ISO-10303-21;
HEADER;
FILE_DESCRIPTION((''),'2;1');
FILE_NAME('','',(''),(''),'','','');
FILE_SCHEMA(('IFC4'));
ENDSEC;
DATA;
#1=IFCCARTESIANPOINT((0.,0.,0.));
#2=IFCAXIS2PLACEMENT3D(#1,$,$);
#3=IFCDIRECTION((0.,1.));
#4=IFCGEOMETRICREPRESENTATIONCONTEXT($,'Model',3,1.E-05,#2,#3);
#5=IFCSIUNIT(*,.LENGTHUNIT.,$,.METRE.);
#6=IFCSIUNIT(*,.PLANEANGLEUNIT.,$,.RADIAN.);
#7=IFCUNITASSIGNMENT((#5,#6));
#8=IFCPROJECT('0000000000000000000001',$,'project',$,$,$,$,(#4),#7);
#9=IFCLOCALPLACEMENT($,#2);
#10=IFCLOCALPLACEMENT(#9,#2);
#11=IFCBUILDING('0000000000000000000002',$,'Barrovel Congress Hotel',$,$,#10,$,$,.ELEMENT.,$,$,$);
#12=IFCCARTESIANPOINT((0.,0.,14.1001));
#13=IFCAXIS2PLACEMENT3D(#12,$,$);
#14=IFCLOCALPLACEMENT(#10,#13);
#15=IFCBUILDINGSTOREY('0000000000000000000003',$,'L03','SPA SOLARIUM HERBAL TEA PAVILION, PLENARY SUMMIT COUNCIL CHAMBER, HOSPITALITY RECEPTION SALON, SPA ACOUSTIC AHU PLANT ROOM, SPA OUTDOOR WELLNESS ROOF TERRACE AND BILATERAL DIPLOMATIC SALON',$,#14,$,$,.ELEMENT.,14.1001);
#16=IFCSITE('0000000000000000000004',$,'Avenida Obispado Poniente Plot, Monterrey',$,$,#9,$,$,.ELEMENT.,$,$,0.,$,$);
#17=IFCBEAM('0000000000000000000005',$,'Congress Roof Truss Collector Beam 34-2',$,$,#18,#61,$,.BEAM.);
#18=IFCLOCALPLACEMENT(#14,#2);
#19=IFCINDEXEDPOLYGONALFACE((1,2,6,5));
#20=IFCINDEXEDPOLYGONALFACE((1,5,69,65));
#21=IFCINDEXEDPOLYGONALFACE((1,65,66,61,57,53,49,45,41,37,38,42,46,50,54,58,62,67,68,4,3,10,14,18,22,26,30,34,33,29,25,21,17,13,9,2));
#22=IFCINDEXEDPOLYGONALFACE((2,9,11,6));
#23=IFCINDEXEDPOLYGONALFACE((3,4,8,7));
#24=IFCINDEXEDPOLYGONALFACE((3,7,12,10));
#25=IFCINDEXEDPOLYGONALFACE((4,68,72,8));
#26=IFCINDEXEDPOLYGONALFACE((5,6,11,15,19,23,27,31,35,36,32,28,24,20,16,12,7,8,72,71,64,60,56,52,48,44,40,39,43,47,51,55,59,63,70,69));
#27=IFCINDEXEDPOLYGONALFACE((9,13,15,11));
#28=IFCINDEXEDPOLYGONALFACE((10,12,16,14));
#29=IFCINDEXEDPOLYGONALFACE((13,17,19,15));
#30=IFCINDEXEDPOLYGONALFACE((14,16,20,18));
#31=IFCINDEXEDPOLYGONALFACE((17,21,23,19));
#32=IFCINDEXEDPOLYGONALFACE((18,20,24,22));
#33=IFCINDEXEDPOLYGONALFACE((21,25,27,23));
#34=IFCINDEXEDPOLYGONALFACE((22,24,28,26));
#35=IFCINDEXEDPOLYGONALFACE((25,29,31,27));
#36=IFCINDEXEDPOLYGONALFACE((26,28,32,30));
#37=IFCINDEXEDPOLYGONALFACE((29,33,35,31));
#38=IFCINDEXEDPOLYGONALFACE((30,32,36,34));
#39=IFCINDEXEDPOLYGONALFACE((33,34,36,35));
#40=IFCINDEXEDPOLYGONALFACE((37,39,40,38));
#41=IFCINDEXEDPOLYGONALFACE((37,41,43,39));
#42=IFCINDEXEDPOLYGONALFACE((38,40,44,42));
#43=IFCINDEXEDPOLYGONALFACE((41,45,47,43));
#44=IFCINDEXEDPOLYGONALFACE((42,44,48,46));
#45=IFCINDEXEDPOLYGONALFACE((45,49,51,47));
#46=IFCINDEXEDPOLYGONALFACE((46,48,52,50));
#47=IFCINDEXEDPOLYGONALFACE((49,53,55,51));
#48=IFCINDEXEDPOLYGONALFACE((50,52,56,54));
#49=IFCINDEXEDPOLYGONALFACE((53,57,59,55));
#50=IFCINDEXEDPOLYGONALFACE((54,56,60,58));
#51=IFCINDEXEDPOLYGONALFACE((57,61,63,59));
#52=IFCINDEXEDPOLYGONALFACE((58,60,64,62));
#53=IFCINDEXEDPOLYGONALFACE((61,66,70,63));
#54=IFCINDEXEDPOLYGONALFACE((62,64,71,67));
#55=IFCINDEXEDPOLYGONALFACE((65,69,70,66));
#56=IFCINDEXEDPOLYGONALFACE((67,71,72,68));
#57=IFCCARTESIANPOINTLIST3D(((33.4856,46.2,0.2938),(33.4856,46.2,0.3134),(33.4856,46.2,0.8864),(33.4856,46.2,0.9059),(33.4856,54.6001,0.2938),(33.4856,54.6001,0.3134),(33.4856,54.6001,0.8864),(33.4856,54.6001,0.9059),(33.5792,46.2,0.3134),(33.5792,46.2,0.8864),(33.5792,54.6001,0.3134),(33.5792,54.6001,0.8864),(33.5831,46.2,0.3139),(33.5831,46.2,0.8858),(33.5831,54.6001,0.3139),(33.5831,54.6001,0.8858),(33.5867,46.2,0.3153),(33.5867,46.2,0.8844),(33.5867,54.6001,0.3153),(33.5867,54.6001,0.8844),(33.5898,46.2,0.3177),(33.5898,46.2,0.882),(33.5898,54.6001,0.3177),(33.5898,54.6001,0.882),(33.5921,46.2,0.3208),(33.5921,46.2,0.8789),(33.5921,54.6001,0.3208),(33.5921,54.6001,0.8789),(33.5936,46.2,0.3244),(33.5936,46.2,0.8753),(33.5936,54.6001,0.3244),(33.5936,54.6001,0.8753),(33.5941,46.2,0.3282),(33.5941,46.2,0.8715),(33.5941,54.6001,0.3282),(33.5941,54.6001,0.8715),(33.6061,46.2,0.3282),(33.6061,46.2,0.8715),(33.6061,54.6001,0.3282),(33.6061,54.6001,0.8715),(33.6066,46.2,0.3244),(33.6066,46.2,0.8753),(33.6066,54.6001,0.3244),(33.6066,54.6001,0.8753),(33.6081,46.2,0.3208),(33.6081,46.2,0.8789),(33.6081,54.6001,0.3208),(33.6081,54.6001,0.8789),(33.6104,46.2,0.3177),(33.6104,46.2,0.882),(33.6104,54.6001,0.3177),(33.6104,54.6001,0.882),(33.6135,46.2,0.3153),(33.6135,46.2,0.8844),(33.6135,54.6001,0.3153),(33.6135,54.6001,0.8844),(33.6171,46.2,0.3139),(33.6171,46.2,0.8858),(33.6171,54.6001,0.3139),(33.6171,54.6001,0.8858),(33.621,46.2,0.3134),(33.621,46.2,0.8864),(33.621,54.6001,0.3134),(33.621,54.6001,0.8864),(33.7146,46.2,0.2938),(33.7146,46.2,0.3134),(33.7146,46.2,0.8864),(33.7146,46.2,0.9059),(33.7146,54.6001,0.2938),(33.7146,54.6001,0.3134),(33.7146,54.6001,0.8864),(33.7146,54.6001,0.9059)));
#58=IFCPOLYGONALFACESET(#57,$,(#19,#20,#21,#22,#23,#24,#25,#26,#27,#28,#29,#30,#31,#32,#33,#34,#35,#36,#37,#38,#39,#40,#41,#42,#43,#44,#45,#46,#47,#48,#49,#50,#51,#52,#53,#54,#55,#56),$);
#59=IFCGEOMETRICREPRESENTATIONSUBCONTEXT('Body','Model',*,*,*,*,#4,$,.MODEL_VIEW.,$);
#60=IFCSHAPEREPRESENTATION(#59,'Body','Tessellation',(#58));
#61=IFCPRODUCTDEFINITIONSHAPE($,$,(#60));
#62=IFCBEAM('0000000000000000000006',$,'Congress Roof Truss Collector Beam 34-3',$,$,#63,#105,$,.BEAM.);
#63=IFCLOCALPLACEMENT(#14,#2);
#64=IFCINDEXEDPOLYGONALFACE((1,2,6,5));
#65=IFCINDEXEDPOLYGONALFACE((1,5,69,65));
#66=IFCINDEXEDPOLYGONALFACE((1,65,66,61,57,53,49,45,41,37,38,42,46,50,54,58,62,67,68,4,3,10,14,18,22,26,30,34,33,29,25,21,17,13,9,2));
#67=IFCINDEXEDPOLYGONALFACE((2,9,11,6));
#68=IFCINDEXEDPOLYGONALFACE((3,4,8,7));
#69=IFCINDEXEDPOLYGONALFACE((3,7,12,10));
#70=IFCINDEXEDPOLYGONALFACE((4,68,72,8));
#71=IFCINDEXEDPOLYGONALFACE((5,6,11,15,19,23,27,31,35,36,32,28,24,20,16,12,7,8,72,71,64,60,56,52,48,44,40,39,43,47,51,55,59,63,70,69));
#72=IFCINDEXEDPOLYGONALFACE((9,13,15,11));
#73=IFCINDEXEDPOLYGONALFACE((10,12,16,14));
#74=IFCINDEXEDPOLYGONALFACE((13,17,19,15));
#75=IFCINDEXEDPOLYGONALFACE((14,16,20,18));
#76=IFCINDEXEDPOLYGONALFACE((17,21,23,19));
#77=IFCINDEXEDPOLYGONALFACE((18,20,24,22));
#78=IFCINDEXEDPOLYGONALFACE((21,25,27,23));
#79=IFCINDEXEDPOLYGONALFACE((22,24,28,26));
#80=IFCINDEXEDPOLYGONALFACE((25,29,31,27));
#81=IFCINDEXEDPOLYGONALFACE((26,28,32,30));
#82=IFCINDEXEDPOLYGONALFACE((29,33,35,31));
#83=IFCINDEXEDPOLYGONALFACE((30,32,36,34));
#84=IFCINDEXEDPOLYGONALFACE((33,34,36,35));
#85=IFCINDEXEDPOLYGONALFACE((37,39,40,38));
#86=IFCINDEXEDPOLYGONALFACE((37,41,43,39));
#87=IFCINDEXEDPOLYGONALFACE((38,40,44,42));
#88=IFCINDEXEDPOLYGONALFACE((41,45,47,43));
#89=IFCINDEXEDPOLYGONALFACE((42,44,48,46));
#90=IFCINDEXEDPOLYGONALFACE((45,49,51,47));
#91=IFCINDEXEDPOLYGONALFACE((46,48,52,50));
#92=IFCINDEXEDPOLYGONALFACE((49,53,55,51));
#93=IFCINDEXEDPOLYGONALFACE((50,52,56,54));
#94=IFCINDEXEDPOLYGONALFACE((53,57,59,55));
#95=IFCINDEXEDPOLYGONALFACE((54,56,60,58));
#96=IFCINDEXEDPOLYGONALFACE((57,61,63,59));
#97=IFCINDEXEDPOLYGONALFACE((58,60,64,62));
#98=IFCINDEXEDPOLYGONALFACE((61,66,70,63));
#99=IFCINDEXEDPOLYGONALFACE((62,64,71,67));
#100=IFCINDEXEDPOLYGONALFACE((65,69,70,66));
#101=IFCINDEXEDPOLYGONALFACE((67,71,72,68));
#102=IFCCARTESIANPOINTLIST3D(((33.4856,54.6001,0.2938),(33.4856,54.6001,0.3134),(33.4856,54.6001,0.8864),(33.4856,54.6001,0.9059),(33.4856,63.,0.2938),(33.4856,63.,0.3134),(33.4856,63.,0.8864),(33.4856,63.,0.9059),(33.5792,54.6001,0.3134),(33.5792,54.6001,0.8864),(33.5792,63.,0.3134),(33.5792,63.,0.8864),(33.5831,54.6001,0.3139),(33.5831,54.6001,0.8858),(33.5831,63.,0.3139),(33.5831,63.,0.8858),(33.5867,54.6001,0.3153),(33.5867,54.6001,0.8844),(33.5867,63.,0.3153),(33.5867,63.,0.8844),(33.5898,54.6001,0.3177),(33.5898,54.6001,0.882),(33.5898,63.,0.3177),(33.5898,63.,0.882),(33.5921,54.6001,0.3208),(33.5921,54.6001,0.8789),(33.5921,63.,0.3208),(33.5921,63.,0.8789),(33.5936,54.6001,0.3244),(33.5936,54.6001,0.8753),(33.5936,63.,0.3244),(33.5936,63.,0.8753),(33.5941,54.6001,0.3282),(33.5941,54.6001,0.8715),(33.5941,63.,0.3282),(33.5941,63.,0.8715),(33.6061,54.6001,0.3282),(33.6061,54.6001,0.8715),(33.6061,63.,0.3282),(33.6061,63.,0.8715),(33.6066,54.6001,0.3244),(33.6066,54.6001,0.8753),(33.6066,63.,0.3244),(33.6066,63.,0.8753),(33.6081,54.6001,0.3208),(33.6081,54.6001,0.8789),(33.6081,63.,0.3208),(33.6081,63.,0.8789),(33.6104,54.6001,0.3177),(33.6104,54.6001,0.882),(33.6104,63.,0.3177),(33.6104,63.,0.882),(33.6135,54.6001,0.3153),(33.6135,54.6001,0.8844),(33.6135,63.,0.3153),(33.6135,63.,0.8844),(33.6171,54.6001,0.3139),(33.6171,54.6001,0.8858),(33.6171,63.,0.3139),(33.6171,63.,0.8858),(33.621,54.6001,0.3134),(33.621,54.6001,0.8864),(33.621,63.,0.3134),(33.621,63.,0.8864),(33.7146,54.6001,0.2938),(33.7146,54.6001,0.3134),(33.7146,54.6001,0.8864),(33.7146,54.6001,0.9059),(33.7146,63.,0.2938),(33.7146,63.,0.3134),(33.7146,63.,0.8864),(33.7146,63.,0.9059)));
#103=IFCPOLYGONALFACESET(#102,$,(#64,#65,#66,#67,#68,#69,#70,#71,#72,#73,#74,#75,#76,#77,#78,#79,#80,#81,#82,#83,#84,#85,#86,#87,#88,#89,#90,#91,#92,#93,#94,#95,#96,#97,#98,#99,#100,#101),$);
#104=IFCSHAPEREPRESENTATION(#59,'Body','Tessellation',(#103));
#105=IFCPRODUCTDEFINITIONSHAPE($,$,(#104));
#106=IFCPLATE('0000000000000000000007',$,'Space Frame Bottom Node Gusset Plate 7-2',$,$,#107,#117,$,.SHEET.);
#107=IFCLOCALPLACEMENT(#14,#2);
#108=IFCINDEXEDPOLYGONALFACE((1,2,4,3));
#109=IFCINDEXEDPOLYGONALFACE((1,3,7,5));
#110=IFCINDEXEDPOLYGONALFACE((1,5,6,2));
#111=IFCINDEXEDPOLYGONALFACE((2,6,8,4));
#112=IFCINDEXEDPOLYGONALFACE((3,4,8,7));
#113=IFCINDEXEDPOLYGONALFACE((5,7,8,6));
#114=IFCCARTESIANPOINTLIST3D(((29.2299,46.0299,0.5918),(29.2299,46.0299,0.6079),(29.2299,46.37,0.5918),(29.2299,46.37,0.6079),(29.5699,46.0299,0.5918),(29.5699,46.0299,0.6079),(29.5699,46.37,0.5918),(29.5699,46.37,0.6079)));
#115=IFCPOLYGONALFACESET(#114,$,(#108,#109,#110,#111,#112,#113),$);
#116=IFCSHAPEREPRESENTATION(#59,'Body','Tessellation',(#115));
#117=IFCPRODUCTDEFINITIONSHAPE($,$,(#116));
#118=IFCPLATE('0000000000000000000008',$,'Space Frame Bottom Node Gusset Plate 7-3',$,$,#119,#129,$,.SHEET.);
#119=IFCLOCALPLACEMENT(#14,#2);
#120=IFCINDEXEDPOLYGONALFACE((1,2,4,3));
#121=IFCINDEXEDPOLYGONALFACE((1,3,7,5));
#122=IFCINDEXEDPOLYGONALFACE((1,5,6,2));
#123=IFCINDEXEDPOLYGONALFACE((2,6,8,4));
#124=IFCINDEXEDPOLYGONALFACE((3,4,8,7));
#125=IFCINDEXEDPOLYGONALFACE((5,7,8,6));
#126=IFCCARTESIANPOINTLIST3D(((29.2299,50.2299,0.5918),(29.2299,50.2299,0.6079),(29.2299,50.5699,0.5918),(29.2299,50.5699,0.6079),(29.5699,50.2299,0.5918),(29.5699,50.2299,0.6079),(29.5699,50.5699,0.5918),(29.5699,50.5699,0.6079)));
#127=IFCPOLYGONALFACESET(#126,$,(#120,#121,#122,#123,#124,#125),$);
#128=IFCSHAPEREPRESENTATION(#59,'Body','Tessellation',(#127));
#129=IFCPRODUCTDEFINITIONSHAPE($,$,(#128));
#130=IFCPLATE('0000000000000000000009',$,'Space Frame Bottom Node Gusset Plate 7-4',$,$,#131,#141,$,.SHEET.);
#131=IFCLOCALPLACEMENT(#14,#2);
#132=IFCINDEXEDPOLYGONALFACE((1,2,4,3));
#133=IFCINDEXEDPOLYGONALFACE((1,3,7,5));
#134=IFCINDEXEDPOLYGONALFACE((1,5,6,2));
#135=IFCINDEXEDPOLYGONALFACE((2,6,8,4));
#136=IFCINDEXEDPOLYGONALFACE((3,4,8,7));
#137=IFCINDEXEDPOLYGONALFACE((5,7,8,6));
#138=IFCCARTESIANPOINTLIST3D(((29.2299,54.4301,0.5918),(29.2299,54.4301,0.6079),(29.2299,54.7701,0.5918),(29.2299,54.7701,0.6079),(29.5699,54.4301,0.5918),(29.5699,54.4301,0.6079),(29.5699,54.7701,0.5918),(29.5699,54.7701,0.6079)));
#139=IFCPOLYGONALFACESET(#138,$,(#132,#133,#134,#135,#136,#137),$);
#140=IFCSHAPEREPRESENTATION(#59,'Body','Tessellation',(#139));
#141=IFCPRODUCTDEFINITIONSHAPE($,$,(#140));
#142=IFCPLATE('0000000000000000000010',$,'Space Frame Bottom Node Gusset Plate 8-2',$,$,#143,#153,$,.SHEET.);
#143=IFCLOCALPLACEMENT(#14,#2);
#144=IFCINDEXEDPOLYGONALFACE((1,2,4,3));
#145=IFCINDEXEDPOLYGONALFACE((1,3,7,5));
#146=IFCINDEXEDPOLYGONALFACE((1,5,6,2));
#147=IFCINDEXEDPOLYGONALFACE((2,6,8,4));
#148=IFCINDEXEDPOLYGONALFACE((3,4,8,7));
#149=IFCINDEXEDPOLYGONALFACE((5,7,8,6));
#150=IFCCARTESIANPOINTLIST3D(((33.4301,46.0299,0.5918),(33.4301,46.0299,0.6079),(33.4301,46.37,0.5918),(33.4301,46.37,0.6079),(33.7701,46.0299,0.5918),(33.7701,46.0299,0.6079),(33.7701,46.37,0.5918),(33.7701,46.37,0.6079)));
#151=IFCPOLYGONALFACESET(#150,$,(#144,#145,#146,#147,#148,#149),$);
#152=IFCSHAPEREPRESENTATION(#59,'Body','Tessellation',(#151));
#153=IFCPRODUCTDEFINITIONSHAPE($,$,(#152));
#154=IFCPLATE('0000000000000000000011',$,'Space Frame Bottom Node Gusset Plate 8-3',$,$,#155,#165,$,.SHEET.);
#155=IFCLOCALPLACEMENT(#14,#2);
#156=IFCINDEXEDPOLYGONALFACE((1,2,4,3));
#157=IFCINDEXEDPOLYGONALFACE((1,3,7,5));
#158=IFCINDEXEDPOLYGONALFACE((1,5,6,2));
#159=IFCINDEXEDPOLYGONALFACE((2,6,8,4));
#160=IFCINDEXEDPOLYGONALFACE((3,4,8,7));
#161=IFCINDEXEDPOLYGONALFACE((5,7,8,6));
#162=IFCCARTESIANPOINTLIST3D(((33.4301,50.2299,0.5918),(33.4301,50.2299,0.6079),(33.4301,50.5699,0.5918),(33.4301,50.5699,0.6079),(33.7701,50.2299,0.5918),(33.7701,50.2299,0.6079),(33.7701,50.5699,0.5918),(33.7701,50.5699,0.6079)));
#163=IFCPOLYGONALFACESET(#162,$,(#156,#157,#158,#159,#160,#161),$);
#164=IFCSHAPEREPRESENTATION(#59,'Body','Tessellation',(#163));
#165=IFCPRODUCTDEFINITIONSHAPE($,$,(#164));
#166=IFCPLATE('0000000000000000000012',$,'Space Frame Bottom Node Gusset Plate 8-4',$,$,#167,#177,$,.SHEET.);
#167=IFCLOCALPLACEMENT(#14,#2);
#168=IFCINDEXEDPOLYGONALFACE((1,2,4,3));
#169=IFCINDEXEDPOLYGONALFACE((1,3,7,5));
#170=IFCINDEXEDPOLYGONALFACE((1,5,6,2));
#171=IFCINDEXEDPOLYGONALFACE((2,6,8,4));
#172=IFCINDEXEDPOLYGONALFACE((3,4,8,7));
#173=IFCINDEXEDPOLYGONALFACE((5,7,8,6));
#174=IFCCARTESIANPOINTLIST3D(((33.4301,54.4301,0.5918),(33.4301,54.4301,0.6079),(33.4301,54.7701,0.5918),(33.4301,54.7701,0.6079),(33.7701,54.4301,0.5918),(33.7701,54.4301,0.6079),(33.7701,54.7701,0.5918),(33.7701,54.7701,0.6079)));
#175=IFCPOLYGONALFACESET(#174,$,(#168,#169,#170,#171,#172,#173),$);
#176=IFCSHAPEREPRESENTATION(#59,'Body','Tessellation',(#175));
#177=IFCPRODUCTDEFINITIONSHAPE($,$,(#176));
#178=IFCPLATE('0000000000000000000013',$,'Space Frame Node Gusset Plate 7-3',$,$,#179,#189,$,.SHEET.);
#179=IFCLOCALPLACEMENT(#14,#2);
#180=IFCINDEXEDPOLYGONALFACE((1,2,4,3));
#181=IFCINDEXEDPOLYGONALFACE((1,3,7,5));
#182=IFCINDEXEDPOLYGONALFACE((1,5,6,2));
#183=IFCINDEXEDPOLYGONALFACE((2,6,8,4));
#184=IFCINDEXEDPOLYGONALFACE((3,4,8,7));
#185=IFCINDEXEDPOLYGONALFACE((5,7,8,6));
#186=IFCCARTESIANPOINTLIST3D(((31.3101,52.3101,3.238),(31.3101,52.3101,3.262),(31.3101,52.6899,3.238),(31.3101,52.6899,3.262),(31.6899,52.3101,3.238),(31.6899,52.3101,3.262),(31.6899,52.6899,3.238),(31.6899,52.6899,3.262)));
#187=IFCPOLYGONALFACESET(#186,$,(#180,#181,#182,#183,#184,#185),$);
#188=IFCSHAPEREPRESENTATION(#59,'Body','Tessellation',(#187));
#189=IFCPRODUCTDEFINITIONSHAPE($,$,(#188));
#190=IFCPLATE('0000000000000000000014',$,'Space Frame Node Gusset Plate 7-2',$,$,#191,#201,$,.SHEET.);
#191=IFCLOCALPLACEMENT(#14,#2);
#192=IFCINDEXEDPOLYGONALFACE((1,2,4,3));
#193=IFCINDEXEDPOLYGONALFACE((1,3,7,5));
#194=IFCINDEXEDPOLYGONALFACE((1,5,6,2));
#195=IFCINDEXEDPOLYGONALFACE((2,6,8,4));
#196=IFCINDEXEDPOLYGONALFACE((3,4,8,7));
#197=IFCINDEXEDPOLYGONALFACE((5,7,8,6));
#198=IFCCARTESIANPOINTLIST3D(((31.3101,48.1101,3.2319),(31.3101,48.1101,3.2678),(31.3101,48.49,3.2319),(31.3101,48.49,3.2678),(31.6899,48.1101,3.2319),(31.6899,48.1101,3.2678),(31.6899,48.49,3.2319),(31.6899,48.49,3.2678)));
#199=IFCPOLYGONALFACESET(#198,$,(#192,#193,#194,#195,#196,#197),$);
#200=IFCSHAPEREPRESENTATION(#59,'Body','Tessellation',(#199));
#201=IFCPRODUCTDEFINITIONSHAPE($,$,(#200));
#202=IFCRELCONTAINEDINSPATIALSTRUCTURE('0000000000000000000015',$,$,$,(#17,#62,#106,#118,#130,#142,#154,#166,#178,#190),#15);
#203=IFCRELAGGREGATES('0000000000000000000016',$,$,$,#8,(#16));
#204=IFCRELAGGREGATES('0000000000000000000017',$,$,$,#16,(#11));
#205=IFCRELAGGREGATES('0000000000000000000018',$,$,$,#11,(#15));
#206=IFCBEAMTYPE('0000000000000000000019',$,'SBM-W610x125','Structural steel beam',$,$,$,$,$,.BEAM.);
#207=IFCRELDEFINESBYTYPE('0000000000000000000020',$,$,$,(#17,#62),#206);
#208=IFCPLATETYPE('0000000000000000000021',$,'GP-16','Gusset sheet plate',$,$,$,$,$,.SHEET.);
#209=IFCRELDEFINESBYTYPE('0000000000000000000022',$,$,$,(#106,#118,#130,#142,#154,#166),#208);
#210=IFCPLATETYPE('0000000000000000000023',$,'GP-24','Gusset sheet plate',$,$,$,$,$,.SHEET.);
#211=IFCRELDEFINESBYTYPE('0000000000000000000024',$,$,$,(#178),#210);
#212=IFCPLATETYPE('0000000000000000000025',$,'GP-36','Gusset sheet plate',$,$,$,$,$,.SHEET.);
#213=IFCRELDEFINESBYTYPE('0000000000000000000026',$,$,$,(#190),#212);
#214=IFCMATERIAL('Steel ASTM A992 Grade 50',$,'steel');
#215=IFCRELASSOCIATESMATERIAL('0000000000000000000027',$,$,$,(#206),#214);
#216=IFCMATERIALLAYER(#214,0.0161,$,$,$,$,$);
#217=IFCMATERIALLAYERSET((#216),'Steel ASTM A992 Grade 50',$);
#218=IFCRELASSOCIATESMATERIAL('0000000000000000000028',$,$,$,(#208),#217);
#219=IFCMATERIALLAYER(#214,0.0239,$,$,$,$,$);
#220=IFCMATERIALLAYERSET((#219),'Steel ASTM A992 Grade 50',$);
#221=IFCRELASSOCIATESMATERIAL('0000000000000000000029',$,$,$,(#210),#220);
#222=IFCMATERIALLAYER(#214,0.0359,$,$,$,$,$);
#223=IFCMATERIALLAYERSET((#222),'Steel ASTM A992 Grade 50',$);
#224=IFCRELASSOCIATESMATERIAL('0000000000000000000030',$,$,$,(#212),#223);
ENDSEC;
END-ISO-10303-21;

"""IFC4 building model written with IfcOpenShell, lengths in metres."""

from ifc_helpers import new_model, si_unit, direction, frame, origin, origin_2d, place, context, subcontext, project, spatial, rectangle, i_section, extrude, material, layer, layer_set, material_profile, profile_set, type_object, element, save


model = new_model("IFC4")

# Units and contexts
model_context = context("Model", 3, precision=1e-05, world=origin(), true_north=direction((0.0, 1.0)))
body_context = subcontext(model_context, "Body", "Model", "MODEL_VIEW")
ifc_project = project(units=[si_unit("LENGTHUNIT", "METRE"), si_unit("PLANEANGLEUNIT", "RADIAN")], contexts=[model_context])

# Site, building, storey
site_placement = place(None, origin())
site = spatial("IfcSite", under=ifc_project, at=site_placement, Name="Avenida Obispado Poniente Plot, Monterrey", CompositionType="ELEMENT", RefElevation=0.0)
building_placement = place(site_placement, origin())
building = spatial("IfcBuilding", under=site, at=building_placement, Name="Barrovel Congress Hotel", CompositionType="ELEMENT")
storey_placement = place(building_placement, frame((0.0, 0.0, 14.1001)))
storey = spatial("IfcBuildingStorey", under=building, at=storey_placement, Name="L03", Description="SPA SOLARIUM HERBAL TEA PAVILION, PLENARY SUMMIT COUNCIL CHAMBER, HOSPITALITY RECEPTION SALON, SPA ACOUSTIC AHU PLANT ROOM, SPA OUTDOOR WELLNESS ROOF TERRACE AND BILATERAL DIPLOMATIC SALON", CompositionType="ELEMENT", Elevation=14.1001)

# Beams
ifc_material_1 = material(Name="Steel ASTM A992 Grade 50", Category="steel")
ifc_material_profile_1 = material_profile(ifc_material_1, i_section(OverallWidth=0.229, OverallDepth=0.6121, WebThickness=0.012, FlangeThickness=0.0195, FilletRadius=0.0149, at=origin_2d()), Name="W610x125")
ifc_profile_set_1 = profile_set([ifc_material_profile_1], Name="Steel ASTM A992 Grade 50")
beam_type_1 = type_object("IfcBeamType", Name="SBM-W610x125", Description="Structural steel beam", PredefinedType="BEAM", material=ifc_profile_set_1)
beam_1_placement = place(storey_placement, frame((33.6001, 46.2, 0.5999), z_axis=(0.0, 1.0, 0.0), x_axis=(-1.0, 0.0, 0.0)))
element("IfcBeam", 1, at=beam_1_placement, inside=storey, type_object=beam_type_1, Name="Congress Roof Truss Collector Beam 34-2", PredefinedType="BEAM", context=body_context, shape_type="SweptSolid", body=[
    extrude(i_section(OverallWidth=0.229, OverallDepth=0.6121, WebThickness=0.012, FlangeThickness=0.0195, FilletRadius=0.0149, at=origin_2d()), origin(), (0.0, 0.0, 1.0), 8.4001),
])
beam_2_placement = place(storey_placement, frame((33.6001, 54.6001, 0.5999), z_axis=(0.0, 1.0, 0.0), x_axis=(-1.0, 0.0, 0.0)))
element("IfcBeam", 2, at=beam_2_placement, inside=storey, type_object=beam_type_1, Name="Congress Roof Truss Collector Beam 34-3", PredefinedType="BEAM", context=body_context, shape_type="SweptSolid", body=[
    extrude(i_section(OverallWidth=0.229, OverallDepth=0.6121, WebThickness=0.012, FlangeThickness=0.0195, FilletRadius=0.0149, at=origin_2d()), origin(), (0.0, 0.0, 1.0), 8.3999),
])

# Plates
ifc_layer_1 = layer(ifc_material_1, 0.0161)
ifc_layer_set_1 = layer_set([ifc_layer_1], Name="Steel ASTM A992 Grade 50")
plate_type_1 = type_object("IfcPlateType", Name="GP-16", Description="Gusset sheet plate", PredefinedType="SHEET", material=ifc_layer_set_1)
for number, where, z_axis, x_axis, name in (
    (3, (29.3999, 46.2, 0.5918), (0.0, 0.0, 1.0), (1.0, 0.0, 0.0), "Space Frame Bottom Node Gusset Plate 7-2"),
    (4, (29.3999, 50.3999, 0.5918), (0.0, 0.0, 1.0), (1.0, 0.0, 0.0), "Space Frame Bottom Node Gusset Plate 7-3"),
    (5, (29.3999, 54.6001, 0.5918), (0.0, 0.0, 1.0), (1.0, 0.0, 0.0), "Space Frame Bottom Node Gusset Plate 7-4"),
    (6, (33.6001, 46.2, 0.5918), (0.0, 0.0, 1.0), (1.0, 0.0, 0.0), "Space Frame Bottom Node Gusset Plate 8-2"),
    (7, (33.6001, 50.3999, 0.5918), (0.0, 0.0, 1.0), (1.0, 0.0, 0.0), "Space Frame Bottom Node Gusset Plate 8-3"),
    (8, (33.6001, 54.6001, 0.5918), (0.0, 0.0, 1.0), (1.0, 0.0, 0.0), "Space Frame Bottom Node Gusset Plate 8-4"),
):
    element("IfcPlate", number, at=place(storey_placement, frame(where, z_axis=z_axis, x_axis=x_axis)), inside=storey, type_object=plate_type_1, Name=name, PredefinedType="SHEET", context=body_context, shape_type="SweptSolid", body=[
        extrude(rectangle(XDim=0.3401, YDim=0.3401, at=origin_2d()), origin(), (0.0, 0.0, 1.0), 0.0161),
    ])
ifc_layer_2 = layer(ifc_material_1, 0.0239)
ifc_layer_set_2 = layer_set([ifc_layer_2], Name="Steel ASTM A992 Grade 50")
plate_type_2 = type_object("IfcPlateType", Name="GP-24", Description="Gusset sheet plate", PredefinedType="SHEET", material=ifc_layer_set_2)
plate_1_placement = place(storey_placement, frame((31.5, 52.5, 3.238), z_axis=(0.0, 0.0, 1.0), x_axis=(1.0, 0.0, 0.0)))
element("IfcPlate", 9, at=plate_1_placement, inside=storey, type_object=plate_type_2, Name="Space Frame Node Gusset Plate 7-3", PredefinedType="SHEET", context=body_context, shape_type="SweptSolid", body=[
    extrude(rectangle(XDim=0.3799, YDim=0.3799, at=origin_2d()), origin(), (0.0, 0.0, 1.0), 0.0239),
])
ifc_layer_3 = layer(ifc_material_1, 0.0359)
ifc_layer_set_3 = layer_set([ifc_layer_3], Name="Steel ASTM A992 Grade 50")
plate_type_3 = type_object("IfcPlateType", Name="GP-36", Description="Gusset sheet plate", PredefinedType="SHEET", material=ifc_layer_set_3)
plate_2_placement = place(storey_placement, frame((31.5, 48.3, 3.2319), z_axis=(0.0, 0.0, 1.0), x_axis=(1.0, 0.0, 0.0)))
element("IfcPlate", 10, at=plate_2_placement, inside=storey, type_object=plate_type_3, Name="Space Frame Node Gusset Plate 7-2", PredefinedType="SHEET", context=body_context, shape_type="SweptSolid", body=[
    extrude(rectangle(XDim=0.3799, YDim=0.3799, at=origin_2d()), origin(), (0.0, 0.0, 1.0), 0.0359),
])

save(model, "model.ifc")
